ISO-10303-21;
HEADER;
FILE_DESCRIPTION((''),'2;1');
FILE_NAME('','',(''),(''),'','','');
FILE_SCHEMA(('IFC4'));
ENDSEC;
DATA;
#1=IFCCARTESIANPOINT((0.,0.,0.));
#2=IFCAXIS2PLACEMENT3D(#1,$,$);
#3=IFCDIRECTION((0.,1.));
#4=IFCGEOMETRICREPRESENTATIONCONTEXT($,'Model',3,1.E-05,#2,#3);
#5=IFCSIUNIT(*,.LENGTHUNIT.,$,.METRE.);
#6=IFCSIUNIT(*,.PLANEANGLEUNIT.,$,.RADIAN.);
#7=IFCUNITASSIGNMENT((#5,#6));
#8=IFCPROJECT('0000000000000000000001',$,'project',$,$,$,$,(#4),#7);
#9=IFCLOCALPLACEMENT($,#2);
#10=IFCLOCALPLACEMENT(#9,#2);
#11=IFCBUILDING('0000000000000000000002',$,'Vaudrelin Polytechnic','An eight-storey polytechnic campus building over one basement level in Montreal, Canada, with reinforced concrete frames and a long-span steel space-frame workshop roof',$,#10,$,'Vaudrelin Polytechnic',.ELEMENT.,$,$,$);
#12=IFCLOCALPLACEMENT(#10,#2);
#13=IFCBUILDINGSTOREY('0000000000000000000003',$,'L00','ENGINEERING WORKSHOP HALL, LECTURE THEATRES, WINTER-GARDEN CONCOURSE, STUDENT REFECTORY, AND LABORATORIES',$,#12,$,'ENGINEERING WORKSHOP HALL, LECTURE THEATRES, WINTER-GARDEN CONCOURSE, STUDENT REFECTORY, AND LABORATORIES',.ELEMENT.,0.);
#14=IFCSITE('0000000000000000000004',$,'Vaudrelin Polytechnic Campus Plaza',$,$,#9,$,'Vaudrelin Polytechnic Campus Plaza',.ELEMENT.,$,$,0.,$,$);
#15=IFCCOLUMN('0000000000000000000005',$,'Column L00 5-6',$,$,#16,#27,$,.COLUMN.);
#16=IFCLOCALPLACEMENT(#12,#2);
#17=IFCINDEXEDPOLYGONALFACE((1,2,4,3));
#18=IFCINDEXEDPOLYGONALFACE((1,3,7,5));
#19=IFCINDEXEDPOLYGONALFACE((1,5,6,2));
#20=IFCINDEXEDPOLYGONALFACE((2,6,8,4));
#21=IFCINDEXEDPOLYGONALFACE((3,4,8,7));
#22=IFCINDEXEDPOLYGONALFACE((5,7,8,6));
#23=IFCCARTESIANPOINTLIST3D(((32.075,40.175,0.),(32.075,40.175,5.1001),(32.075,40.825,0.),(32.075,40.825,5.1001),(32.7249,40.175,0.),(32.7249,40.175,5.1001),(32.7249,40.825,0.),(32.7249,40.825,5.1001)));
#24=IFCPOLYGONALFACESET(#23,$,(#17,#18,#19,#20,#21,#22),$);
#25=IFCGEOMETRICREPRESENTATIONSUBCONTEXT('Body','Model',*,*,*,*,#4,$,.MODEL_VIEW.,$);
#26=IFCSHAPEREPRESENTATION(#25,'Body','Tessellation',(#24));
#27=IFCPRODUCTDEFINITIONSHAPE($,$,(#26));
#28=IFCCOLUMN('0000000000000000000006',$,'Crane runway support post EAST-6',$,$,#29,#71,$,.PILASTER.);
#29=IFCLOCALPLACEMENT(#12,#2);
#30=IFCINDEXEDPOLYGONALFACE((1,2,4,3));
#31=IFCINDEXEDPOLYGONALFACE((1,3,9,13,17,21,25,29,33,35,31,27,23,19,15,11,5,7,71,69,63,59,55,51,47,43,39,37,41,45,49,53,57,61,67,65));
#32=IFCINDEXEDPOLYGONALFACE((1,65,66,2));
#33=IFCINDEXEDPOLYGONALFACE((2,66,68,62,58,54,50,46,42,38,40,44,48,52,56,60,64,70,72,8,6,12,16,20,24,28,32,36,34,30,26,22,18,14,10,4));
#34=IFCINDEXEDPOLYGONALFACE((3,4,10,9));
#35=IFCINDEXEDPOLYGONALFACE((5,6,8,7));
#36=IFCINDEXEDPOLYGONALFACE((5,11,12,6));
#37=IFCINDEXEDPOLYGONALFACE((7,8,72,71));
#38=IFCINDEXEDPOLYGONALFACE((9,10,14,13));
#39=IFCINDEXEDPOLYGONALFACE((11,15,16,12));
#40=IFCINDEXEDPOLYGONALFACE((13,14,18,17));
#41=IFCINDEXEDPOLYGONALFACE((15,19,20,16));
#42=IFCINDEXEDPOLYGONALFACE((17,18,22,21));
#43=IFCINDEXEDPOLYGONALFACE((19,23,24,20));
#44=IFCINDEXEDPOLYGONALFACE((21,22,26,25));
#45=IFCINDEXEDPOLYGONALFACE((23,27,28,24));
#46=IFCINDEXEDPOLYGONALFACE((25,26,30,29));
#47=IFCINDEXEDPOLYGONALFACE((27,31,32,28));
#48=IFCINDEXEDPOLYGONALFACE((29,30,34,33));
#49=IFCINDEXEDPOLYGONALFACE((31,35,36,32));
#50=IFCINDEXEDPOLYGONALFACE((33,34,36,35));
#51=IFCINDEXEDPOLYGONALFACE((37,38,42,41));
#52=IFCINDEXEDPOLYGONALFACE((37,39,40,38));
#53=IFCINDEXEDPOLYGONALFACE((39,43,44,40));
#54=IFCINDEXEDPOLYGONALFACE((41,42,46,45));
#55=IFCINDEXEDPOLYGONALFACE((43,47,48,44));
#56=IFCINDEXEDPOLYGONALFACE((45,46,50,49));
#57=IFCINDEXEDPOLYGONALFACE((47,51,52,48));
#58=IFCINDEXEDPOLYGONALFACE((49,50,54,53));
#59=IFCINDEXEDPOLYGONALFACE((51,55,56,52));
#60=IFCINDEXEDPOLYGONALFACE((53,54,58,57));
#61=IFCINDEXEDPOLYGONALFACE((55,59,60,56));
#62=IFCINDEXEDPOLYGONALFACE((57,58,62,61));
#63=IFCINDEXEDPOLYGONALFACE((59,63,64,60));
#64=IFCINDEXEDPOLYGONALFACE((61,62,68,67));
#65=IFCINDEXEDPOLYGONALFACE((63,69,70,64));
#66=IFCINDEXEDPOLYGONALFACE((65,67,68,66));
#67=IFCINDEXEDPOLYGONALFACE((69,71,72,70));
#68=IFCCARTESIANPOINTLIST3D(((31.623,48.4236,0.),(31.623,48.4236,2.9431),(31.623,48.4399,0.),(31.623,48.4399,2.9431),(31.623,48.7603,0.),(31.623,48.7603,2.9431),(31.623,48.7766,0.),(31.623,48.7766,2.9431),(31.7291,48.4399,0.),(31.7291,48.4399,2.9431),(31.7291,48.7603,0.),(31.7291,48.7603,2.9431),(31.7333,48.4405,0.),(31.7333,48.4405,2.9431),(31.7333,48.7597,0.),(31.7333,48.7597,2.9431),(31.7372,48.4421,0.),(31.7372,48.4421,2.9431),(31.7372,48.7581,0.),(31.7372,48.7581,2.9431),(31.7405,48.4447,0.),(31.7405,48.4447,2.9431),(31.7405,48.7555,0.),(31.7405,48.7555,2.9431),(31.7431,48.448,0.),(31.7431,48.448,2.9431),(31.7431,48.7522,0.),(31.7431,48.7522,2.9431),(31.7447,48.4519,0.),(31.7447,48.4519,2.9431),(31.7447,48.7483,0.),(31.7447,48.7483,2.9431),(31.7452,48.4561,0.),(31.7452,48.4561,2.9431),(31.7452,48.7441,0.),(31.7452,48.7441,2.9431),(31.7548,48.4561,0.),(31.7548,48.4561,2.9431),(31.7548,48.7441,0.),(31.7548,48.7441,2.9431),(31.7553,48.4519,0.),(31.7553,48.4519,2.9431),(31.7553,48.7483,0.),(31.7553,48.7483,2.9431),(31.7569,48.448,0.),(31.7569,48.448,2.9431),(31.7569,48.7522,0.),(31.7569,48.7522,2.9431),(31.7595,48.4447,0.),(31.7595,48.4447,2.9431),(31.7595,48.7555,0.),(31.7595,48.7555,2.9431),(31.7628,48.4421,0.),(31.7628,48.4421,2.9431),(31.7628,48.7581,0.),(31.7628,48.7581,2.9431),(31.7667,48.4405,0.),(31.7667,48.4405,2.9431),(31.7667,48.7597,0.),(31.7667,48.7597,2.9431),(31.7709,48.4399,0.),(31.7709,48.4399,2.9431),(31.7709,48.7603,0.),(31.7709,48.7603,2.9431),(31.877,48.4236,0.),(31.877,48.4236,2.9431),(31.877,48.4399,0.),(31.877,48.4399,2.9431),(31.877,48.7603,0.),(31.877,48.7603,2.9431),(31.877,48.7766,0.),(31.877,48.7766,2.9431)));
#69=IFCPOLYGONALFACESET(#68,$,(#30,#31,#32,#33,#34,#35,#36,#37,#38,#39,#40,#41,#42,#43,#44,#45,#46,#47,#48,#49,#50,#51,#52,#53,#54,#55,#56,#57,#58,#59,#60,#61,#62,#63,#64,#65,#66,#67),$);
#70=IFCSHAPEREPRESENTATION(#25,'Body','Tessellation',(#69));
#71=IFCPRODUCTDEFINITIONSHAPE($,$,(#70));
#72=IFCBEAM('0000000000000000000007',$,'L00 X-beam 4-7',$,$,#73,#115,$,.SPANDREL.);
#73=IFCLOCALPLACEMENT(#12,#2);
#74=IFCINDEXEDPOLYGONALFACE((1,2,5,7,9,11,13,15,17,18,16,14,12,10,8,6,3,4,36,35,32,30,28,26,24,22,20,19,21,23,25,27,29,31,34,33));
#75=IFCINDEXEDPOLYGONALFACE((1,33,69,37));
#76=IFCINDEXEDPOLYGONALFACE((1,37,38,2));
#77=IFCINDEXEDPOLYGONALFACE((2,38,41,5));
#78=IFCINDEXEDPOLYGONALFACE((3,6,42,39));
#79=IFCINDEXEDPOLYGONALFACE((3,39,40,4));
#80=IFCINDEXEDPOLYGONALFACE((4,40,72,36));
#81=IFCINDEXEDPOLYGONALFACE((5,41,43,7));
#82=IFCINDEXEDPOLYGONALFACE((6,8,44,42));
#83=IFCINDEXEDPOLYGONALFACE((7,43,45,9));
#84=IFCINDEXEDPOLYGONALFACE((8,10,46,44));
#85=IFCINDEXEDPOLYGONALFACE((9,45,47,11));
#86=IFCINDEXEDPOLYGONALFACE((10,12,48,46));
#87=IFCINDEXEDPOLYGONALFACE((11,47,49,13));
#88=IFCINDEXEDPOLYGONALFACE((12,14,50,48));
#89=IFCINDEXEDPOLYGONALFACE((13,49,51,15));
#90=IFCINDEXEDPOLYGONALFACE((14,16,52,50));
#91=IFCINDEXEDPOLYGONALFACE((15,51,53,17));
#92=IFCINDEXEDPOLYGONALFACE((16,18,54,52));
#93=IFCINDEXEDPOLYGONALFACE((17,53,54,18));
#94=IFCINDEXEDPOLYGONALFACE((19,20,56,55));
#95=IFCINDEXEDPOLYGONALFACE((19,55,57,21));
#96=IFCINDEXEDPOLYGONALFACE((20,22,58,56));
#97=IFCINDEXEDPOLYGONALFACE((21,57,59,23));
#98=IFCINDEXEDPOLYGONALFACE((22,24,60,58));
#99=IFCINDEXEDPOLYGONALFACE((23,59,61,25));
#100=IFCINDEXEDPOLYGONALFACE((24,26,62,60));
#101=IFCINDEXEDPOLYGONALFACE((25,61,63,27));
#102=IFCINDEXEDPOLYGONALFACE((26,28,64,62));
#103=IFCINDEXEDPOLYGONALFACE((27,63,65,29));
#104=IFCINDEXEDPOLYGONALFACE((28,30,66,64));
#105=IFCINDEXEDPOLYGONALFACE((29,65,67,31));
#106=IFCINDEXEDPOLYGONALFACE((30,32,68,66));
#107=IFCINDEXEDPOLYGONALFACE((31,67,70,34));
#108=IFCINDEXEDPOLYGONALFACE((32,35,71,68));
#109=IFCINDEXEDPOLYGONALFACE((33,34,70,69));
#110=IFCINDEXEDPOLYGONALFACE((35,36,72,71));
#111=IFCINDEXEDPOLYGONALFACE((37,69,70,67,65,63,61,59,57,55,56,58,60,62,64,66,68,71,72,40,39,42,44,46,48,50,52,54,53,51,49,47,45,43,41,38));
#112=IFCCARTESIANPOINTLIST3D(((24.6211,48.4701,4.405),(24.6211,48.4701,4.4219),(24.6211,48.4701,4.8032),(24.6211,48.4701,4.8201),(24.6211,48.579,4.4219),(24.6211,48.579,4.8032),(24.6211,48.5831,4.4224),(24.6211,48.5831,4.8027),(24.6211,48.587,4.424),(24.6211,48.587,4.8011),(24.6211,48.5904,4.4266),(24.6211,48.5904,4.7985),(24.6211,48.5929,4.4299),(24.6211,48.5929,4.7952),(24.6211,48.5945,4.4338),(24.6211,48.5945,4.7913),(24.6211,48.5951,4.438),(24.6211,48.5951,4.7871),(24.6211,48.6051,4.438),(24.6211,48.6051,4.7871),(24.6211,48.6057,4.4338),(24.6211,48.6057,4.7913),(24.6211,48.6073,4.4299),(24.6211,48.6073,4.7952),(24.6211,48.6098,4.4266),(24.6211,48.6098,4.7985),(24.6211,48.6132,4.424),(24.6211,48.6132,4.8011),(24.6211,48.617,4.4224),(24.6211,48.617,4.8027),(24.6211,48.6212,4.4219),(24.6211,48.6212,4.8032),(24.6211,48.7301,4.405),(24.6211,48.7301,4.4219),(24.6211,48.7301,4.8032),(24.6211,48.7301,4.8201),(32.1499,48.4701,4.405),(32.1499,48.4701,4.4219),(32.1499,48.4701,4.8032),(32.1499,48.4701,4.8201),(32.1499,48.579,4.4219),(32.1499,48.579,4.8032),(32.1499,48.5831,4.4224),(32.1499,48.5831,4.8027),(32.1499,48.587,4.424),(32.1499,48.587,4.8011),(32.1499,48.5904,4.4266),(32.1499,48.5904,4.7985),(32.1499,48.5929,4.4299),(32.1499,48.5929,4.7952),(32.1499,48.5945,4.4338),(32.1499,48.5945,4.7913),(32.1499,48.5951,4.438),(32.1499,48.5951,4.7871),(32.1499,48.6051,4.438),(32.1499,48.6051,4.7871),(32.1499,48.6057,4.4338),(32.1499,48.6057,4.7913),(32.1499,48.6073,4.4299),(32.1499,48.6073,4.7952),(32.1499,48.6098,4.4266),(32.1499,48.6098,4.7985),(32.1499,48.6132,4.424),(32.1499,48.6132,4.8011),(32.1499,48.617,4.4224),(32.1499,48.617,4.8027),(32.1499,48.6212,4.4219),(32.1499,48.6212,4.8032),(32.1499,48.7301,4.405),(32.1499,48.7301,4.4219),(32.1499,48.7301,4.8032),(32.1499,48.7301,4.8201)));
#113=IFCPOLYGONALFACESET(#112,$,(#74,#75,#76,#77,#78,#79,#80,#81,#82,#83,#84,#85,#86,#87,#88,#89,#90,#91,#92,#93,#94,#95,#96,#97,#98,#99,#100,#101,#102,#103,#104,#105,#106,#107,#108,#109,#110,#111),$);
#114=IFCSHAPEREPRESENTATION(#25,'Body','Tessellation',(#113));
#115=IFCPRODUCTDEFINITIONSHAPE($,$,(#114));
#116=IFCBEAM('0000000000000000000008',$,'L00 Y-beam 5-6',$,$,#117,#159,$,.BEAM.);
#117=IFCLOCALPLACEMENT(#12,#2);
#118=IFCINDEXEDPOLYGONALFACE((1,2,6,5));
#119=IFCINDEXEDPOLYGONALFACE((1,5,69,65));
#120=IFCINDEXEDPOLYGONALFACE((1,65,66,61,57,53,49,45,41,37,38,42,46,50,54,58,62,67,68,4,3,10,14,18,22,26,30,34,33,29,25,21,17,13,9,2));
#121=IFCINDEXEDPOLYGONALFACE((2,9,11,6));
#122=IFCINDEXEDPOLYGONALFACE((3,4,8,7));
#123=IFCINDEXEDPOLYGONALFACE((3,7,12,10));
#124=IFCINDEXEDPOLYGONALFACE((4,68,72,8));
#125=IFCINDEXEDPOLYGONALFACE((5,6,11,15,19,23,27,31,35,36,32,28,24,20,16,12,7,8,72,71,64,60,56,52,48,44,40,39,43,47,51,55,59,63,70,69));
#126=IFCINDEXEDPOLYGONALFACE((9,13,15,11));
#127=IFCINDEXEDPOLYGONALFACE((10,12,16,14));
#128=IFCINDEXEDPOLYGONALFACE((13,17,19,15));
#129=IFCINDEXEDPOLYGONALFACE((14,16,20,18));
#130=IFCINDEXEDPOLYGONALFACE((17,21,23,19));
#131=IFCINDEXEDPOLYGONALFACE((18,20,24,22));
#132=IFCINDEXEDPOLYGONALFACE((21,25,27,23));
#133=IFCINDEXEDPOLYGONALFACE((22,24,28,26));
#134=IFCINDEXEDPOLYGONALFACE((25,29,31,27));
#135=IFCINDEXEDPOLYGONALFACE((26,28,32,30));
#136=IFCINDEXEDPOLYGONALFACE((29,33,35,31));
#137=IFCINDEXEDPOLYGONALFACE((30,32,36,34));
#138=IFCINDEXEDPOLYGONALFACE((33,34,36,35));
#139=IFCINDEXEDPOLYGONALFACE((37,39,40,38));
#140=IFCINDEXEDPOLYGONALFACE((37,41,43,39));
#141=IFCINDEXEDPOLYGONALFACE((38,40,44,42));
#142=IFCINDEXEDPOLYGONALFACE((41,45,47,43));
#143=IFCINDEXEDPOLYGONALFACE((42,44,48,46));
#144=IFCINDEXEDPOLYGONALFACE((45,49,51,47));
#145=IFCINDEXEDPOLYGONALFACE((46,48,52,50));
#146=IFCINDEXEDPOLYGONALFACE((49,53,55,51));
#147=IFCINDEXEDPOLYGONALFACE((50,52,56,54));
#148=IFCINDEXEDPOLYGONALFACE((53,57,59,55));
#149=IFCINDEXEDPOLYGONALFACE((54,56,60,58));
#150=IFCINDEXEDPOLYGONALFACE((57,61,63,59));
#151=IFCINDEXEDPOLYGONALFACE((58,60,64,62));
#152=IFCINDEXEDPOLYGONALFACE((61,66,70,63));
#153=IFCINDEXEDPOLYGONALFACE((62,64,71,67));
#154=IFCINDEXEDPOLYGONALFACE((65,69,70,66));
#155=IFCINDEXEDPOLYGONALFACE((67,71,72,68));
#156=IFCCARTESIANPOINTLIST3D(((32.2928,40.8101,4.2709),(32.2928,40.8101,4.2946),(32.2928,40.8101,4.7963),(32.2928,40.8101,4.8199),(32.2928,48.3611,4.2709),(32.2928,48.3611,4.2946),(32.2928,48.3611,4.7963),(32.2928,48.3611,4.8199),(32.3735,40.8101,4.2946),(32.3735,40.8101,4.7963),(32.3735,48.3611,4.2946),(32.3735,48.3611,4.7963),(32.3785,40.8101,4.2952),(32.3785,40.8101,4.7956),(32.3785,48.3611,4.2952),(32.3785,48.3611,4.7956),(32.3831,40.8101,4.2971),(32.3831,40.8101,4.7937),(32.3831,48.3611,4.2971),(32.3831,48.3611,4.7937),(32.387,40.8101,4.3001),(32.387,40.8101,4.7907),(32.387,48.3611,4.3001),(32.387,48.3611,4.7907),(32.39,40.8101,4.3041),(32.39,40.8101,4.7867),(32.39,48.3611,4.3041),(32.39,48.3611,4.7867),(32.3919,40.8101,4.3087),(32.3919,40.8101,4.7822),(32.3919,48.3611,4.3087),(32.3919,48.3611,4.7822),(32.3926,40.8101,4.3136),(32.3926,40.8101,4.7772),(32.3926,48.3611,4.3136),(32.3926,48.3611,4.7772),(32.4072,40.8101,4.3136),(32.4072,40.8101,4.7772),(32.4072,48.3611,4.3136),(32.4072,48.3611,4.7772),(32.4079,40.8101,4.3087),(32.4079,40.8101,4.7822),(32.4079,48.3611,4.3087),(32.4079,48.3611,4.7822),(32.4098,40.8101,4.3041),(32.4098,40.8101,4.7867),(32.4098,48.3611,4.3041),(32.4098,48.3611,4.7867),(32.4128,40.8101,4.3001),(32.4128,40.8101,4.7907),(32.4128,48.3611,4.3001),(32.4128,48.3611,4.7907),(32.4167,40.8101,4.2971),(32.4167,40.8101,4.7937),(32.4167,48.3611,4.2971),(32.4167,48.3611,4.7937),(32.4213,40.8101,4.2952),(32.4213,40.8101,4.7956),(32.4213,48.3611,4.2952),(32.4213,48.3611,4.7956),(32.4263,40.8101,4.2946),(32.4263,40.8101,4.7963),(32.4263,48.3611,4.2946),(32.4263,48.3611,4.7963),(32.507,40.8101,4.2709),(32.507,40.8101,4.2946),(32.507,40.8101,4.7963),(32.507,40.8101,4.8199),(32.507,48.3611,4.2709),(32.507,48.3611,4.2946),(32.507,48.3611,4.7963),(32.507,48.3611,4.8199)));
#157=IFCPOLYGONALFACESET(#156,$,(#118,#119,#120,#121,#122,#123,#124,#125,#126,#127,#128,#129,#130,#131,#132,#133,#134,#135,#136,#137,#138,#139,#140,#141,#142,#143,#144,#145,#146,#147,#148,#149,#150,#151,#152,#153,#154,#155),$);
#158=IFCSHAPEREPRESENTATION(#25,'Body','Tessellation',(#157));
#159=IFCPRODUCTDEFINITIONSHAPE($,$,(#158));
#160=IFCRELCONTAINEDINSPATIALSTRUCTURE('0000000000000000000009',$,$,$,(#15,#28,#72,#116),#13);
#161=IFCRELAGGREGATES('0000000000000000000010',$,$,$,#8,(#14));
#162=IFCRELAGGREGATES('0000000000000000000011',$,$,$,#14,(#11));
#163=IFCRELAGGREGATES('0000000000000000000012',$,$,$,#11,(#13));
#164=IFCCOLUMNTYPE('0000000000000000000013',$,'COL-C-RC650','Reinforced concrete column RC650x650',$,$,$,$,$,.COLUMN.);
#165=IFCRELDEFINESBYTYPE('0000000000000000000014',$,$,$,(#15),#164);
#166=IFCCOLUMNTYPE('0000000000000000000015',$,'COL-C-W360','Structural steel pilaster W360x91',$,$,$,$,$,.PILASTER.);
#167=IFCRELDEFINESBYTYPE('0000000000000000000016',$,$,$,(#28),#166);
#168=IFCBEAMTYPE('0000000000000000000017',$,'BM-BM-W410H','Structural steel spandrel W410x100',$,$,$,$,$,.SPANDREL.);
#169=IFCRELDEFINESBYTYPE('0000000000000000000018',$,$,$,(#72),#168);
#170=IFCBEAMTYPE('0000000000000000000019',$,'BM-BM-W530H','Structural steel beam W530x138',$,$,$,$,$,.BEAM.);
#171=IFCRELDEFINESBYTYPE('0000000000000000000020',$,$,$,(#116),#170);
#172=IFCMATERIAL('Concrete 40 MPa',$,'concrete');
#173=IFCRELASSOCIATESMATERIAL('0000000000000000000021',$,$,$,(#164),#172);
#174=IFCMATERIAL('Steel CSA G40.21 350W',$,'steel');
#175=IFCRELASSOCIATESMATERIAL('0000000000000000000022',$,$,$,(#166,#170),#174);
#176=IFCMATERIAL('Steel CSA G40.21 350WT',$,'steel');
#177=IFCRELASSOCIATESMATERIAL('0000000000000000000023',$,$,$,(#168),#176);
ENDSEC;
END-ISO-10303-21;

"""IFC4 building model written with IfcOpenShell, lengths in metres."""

from ifc_helpers import new_model, si_unit, direction, frame, origin, origin_2d, place, context, subcontext, project, spatial, rectangle, i_section, extrude, material, material_profile, profile_set, type_object, element, save


model = new_model("IFC4")

# Units and contexts
model_context = context("Model", 3, precision=1e-05, world=origin(), true_north=direction((0.0, 1.0)))
body_context = subcontext(model_context, "Body", "Model", "MODEL_VIEW")
ifc_project = project(units=[si_unit("LENGTHUNIT", "METRE"), si_unit("PLANEANGLEUNIT", "RADIAN")], contexts=[model_context])

# Site, building, storey
site_placement = place(None, origin())
site = spatial("IfcSite", under=ifc_project, at=site_placement, Name="Vaudrelin Polytechnic Campus Plaza", LongName="Vaudrelin Polytechnic Campus Plaza", CompositionType="ELEMENT", RefElevation=0.0)
building_placement = place(site_placement, origin())
building = spatial("IfcBuilding", under=site, at=building_placement, Name="Vaudrelin Polytechnic", Description="An eight-storey polytechnic campus building over one basement level in Montreal, Canada, with reinforced concrete frames and a long-span steel space-frame workshop roof", LongName="Vaudrelin Polytechnic", CompositionType="ELEMENT")
storey_placement = place(building_placement, origin())
storey = spatial("IfcBuildingStorey", under=building, at=storey_placement, Name="L00", Description="ENGINEERING WORKSHOP HALL, LECTURE THEATRES, WINTER-GARDEN CONCOURSE, STUDENT REFECTORY, AND LABORATORIES", LongName="ENGINEERING WORKSHOP HALL, LECTURE THEATRES, WINTER-GARDEN CONCOURSE, STUDENT REFECTORY, AND LABORATORIES", CompositionType="ELEMENT", Elevation=0.0)

# Columns
ifc_material_1 = material(Name="Concrete 40 MPa", Category="concrete")
ifc_material_profile_1 = material_profile(ifc_material_1, rectangle(XDim=0.6499, YDim=0.6499, at=origin_2d()), Name="RC650x650")
ifc_profile_set_1 = profile_set([ifc_material_profile_1], Name="Concrete 40 MPa")
column_type_1 = type_object("IfcColumnType", Name="COL-C-RC650", Description="Reinforced concrete column RC650x650", PredefinedType="COLUMN", material=ifc_profile_set_1)
column_1_placement = place(storey_placement, frame((32.3999, 40.5, 0.0), z_axis=(0.0, 0.0, 1.0), x_axis=(1.0, 0.0, 0.0)))
element("IfcColumn", 1, at=column_1_placement, inside=storey, type_object=column_type_1, Name="Column L00 5-6", PredefinedType="COLUMN", context=body_context, shape_type="SweptSolid", body=[
    extrude(rectangle(XDim=0.6499, YDim=0.6499, at=origin_2d()), origin(), (0.0, 0.0, 1.0), 5.1001),
])
ifc_material_2 = material(Name="Steel CSA G40.21 350W", Category="steel")
ifc_material_profile_2 = material_profile(ifc_material_2, i_section(OverallWidth=0.2539, OverallDepth=0.353, WebThickness=0.0095, FlangeThickness=0.0164, FilletRadius=0.0161, at=origin_2d()), Name="W360x91")
ifc_profile_set_2 = profile_set([ifc_material_profile_2], Name="Steel CSA G40.21 350W")
column_type_2 = type_object("IfcColumnType", Name="COL-C-W360", Description="Structural steel pilaster W360x91", PredefinedType="PILASTER", material=ifc_profile_set_2)
column_2_placement = place(storey_placement, frame((31.75, 48.6001, 0.0), z_axis=(0.0, 0.0, 1.0), x_axis=(1.0, 0.0, 0.0)))
element("IfcColumn", 2, at=column_2_placement, inside=storey, type_object=column_type_2, Name="Crane runway support post EAST-6", PredefinedType="PILASTER", context=body_context, shape_type="SweptSolid", body=[
    extrude(i_section(OverallWidth=0.2539, OverallDepth=0.353, WebThickness=0.0095, FlangeThickness=0.0164, FilletRadius=0.0161, at=origin_2d()), origin(), (0.0, 0.0, 1.0), 2.9431),
])

# Beams
ifc_material_3 = material(Name="Steel CSA G40.21 350WT", Category="steel")
ifc_material_profile_3 = material_profile(ifc_material_3, i_section(OverallWidth=0.26, OverallDepth=0.415, WebThickness=0.01, FlangeThickness=0.0168, FilletRadius=0.0161, at=origin_2d()), Name="W410x100")
ifc_profile_set_3 = profile_set([ifc_material_profile_3], Name="Steel CSA G40.21 350WT")
beam_type_1 = type_object("IfcBeamType", Name="BM-BM-W410H", Description="Structural steel spandrel W410x100", PredefinedType="SPANDREL", material=ifc_profile_set_3)
beam_1_placement = place(storey_placement, frame((24.6211, 48.6001, 4.6125), z_axis=(1.0, 0.0, 0.0), x_axis=(0.0, 1.0, 0.0)))
element("IfcBeam", 3, at=beam_1_placement, inside=storey, type_object=beam_type_1, Name="L00 X-beam 4-7", PredefinedType="SPANDREL", context=body_context, shape_type="SweptSolid", body=[
    extrude(i_section(OverallWidth=0.26, OverallDepth=0.415, WebThickness=0.01, FlangeThickness=0.0168, FilletRadius=0.0161, at=origin_2d()), origin(), (0.0, 0.0, 1.0), 7.5288),
])
ifc_material_profile_4 = material_profile(ifc_material_2, i_section(OverallWidth=0.2141, OverallDepth=0.5491, WebThickness=0.0146, FlangeThickness=0.0237, FilletRadius=0.019, at=origin_2d()), Name="W530x138")
ifc_profile_set_4 = profile_set([ifc_material_profile_4], Name="Steel CSA G40.21 350W")
beam_type_2 = type_object("IfcBeamType", Name="BM-BM-W530H", Description="Structural steel beam W530x138", PredefinedType="BEAM", material=ifc_profile_set_4)
beam_2_placement = place(storey_placement, frame((32.3999, 40.8101, 4.5454), z_axis=(0.0, 1.0, 0.0), x_axis=(-1.0, 0.0, 0.0)))
element("IfcBeam", 4, at=beam_2_placement, inside=storey, type_object=beam_type_2, Name="L00 Y-beam 5-6", PredefinedType="BEAM", context=body_context, shape_type="SweptSolid", body=[
    extrude(i_section(OverallWidth=0.2141, OverallDepth=0.5491, WebThickness=0.0146, FlangeThickness=0.0237, FilletRadius=0.019, at=origin_2d()), origin(), (0.0, 0.0, 1.0), 7.551),
])

save(model, "model.ifc")
